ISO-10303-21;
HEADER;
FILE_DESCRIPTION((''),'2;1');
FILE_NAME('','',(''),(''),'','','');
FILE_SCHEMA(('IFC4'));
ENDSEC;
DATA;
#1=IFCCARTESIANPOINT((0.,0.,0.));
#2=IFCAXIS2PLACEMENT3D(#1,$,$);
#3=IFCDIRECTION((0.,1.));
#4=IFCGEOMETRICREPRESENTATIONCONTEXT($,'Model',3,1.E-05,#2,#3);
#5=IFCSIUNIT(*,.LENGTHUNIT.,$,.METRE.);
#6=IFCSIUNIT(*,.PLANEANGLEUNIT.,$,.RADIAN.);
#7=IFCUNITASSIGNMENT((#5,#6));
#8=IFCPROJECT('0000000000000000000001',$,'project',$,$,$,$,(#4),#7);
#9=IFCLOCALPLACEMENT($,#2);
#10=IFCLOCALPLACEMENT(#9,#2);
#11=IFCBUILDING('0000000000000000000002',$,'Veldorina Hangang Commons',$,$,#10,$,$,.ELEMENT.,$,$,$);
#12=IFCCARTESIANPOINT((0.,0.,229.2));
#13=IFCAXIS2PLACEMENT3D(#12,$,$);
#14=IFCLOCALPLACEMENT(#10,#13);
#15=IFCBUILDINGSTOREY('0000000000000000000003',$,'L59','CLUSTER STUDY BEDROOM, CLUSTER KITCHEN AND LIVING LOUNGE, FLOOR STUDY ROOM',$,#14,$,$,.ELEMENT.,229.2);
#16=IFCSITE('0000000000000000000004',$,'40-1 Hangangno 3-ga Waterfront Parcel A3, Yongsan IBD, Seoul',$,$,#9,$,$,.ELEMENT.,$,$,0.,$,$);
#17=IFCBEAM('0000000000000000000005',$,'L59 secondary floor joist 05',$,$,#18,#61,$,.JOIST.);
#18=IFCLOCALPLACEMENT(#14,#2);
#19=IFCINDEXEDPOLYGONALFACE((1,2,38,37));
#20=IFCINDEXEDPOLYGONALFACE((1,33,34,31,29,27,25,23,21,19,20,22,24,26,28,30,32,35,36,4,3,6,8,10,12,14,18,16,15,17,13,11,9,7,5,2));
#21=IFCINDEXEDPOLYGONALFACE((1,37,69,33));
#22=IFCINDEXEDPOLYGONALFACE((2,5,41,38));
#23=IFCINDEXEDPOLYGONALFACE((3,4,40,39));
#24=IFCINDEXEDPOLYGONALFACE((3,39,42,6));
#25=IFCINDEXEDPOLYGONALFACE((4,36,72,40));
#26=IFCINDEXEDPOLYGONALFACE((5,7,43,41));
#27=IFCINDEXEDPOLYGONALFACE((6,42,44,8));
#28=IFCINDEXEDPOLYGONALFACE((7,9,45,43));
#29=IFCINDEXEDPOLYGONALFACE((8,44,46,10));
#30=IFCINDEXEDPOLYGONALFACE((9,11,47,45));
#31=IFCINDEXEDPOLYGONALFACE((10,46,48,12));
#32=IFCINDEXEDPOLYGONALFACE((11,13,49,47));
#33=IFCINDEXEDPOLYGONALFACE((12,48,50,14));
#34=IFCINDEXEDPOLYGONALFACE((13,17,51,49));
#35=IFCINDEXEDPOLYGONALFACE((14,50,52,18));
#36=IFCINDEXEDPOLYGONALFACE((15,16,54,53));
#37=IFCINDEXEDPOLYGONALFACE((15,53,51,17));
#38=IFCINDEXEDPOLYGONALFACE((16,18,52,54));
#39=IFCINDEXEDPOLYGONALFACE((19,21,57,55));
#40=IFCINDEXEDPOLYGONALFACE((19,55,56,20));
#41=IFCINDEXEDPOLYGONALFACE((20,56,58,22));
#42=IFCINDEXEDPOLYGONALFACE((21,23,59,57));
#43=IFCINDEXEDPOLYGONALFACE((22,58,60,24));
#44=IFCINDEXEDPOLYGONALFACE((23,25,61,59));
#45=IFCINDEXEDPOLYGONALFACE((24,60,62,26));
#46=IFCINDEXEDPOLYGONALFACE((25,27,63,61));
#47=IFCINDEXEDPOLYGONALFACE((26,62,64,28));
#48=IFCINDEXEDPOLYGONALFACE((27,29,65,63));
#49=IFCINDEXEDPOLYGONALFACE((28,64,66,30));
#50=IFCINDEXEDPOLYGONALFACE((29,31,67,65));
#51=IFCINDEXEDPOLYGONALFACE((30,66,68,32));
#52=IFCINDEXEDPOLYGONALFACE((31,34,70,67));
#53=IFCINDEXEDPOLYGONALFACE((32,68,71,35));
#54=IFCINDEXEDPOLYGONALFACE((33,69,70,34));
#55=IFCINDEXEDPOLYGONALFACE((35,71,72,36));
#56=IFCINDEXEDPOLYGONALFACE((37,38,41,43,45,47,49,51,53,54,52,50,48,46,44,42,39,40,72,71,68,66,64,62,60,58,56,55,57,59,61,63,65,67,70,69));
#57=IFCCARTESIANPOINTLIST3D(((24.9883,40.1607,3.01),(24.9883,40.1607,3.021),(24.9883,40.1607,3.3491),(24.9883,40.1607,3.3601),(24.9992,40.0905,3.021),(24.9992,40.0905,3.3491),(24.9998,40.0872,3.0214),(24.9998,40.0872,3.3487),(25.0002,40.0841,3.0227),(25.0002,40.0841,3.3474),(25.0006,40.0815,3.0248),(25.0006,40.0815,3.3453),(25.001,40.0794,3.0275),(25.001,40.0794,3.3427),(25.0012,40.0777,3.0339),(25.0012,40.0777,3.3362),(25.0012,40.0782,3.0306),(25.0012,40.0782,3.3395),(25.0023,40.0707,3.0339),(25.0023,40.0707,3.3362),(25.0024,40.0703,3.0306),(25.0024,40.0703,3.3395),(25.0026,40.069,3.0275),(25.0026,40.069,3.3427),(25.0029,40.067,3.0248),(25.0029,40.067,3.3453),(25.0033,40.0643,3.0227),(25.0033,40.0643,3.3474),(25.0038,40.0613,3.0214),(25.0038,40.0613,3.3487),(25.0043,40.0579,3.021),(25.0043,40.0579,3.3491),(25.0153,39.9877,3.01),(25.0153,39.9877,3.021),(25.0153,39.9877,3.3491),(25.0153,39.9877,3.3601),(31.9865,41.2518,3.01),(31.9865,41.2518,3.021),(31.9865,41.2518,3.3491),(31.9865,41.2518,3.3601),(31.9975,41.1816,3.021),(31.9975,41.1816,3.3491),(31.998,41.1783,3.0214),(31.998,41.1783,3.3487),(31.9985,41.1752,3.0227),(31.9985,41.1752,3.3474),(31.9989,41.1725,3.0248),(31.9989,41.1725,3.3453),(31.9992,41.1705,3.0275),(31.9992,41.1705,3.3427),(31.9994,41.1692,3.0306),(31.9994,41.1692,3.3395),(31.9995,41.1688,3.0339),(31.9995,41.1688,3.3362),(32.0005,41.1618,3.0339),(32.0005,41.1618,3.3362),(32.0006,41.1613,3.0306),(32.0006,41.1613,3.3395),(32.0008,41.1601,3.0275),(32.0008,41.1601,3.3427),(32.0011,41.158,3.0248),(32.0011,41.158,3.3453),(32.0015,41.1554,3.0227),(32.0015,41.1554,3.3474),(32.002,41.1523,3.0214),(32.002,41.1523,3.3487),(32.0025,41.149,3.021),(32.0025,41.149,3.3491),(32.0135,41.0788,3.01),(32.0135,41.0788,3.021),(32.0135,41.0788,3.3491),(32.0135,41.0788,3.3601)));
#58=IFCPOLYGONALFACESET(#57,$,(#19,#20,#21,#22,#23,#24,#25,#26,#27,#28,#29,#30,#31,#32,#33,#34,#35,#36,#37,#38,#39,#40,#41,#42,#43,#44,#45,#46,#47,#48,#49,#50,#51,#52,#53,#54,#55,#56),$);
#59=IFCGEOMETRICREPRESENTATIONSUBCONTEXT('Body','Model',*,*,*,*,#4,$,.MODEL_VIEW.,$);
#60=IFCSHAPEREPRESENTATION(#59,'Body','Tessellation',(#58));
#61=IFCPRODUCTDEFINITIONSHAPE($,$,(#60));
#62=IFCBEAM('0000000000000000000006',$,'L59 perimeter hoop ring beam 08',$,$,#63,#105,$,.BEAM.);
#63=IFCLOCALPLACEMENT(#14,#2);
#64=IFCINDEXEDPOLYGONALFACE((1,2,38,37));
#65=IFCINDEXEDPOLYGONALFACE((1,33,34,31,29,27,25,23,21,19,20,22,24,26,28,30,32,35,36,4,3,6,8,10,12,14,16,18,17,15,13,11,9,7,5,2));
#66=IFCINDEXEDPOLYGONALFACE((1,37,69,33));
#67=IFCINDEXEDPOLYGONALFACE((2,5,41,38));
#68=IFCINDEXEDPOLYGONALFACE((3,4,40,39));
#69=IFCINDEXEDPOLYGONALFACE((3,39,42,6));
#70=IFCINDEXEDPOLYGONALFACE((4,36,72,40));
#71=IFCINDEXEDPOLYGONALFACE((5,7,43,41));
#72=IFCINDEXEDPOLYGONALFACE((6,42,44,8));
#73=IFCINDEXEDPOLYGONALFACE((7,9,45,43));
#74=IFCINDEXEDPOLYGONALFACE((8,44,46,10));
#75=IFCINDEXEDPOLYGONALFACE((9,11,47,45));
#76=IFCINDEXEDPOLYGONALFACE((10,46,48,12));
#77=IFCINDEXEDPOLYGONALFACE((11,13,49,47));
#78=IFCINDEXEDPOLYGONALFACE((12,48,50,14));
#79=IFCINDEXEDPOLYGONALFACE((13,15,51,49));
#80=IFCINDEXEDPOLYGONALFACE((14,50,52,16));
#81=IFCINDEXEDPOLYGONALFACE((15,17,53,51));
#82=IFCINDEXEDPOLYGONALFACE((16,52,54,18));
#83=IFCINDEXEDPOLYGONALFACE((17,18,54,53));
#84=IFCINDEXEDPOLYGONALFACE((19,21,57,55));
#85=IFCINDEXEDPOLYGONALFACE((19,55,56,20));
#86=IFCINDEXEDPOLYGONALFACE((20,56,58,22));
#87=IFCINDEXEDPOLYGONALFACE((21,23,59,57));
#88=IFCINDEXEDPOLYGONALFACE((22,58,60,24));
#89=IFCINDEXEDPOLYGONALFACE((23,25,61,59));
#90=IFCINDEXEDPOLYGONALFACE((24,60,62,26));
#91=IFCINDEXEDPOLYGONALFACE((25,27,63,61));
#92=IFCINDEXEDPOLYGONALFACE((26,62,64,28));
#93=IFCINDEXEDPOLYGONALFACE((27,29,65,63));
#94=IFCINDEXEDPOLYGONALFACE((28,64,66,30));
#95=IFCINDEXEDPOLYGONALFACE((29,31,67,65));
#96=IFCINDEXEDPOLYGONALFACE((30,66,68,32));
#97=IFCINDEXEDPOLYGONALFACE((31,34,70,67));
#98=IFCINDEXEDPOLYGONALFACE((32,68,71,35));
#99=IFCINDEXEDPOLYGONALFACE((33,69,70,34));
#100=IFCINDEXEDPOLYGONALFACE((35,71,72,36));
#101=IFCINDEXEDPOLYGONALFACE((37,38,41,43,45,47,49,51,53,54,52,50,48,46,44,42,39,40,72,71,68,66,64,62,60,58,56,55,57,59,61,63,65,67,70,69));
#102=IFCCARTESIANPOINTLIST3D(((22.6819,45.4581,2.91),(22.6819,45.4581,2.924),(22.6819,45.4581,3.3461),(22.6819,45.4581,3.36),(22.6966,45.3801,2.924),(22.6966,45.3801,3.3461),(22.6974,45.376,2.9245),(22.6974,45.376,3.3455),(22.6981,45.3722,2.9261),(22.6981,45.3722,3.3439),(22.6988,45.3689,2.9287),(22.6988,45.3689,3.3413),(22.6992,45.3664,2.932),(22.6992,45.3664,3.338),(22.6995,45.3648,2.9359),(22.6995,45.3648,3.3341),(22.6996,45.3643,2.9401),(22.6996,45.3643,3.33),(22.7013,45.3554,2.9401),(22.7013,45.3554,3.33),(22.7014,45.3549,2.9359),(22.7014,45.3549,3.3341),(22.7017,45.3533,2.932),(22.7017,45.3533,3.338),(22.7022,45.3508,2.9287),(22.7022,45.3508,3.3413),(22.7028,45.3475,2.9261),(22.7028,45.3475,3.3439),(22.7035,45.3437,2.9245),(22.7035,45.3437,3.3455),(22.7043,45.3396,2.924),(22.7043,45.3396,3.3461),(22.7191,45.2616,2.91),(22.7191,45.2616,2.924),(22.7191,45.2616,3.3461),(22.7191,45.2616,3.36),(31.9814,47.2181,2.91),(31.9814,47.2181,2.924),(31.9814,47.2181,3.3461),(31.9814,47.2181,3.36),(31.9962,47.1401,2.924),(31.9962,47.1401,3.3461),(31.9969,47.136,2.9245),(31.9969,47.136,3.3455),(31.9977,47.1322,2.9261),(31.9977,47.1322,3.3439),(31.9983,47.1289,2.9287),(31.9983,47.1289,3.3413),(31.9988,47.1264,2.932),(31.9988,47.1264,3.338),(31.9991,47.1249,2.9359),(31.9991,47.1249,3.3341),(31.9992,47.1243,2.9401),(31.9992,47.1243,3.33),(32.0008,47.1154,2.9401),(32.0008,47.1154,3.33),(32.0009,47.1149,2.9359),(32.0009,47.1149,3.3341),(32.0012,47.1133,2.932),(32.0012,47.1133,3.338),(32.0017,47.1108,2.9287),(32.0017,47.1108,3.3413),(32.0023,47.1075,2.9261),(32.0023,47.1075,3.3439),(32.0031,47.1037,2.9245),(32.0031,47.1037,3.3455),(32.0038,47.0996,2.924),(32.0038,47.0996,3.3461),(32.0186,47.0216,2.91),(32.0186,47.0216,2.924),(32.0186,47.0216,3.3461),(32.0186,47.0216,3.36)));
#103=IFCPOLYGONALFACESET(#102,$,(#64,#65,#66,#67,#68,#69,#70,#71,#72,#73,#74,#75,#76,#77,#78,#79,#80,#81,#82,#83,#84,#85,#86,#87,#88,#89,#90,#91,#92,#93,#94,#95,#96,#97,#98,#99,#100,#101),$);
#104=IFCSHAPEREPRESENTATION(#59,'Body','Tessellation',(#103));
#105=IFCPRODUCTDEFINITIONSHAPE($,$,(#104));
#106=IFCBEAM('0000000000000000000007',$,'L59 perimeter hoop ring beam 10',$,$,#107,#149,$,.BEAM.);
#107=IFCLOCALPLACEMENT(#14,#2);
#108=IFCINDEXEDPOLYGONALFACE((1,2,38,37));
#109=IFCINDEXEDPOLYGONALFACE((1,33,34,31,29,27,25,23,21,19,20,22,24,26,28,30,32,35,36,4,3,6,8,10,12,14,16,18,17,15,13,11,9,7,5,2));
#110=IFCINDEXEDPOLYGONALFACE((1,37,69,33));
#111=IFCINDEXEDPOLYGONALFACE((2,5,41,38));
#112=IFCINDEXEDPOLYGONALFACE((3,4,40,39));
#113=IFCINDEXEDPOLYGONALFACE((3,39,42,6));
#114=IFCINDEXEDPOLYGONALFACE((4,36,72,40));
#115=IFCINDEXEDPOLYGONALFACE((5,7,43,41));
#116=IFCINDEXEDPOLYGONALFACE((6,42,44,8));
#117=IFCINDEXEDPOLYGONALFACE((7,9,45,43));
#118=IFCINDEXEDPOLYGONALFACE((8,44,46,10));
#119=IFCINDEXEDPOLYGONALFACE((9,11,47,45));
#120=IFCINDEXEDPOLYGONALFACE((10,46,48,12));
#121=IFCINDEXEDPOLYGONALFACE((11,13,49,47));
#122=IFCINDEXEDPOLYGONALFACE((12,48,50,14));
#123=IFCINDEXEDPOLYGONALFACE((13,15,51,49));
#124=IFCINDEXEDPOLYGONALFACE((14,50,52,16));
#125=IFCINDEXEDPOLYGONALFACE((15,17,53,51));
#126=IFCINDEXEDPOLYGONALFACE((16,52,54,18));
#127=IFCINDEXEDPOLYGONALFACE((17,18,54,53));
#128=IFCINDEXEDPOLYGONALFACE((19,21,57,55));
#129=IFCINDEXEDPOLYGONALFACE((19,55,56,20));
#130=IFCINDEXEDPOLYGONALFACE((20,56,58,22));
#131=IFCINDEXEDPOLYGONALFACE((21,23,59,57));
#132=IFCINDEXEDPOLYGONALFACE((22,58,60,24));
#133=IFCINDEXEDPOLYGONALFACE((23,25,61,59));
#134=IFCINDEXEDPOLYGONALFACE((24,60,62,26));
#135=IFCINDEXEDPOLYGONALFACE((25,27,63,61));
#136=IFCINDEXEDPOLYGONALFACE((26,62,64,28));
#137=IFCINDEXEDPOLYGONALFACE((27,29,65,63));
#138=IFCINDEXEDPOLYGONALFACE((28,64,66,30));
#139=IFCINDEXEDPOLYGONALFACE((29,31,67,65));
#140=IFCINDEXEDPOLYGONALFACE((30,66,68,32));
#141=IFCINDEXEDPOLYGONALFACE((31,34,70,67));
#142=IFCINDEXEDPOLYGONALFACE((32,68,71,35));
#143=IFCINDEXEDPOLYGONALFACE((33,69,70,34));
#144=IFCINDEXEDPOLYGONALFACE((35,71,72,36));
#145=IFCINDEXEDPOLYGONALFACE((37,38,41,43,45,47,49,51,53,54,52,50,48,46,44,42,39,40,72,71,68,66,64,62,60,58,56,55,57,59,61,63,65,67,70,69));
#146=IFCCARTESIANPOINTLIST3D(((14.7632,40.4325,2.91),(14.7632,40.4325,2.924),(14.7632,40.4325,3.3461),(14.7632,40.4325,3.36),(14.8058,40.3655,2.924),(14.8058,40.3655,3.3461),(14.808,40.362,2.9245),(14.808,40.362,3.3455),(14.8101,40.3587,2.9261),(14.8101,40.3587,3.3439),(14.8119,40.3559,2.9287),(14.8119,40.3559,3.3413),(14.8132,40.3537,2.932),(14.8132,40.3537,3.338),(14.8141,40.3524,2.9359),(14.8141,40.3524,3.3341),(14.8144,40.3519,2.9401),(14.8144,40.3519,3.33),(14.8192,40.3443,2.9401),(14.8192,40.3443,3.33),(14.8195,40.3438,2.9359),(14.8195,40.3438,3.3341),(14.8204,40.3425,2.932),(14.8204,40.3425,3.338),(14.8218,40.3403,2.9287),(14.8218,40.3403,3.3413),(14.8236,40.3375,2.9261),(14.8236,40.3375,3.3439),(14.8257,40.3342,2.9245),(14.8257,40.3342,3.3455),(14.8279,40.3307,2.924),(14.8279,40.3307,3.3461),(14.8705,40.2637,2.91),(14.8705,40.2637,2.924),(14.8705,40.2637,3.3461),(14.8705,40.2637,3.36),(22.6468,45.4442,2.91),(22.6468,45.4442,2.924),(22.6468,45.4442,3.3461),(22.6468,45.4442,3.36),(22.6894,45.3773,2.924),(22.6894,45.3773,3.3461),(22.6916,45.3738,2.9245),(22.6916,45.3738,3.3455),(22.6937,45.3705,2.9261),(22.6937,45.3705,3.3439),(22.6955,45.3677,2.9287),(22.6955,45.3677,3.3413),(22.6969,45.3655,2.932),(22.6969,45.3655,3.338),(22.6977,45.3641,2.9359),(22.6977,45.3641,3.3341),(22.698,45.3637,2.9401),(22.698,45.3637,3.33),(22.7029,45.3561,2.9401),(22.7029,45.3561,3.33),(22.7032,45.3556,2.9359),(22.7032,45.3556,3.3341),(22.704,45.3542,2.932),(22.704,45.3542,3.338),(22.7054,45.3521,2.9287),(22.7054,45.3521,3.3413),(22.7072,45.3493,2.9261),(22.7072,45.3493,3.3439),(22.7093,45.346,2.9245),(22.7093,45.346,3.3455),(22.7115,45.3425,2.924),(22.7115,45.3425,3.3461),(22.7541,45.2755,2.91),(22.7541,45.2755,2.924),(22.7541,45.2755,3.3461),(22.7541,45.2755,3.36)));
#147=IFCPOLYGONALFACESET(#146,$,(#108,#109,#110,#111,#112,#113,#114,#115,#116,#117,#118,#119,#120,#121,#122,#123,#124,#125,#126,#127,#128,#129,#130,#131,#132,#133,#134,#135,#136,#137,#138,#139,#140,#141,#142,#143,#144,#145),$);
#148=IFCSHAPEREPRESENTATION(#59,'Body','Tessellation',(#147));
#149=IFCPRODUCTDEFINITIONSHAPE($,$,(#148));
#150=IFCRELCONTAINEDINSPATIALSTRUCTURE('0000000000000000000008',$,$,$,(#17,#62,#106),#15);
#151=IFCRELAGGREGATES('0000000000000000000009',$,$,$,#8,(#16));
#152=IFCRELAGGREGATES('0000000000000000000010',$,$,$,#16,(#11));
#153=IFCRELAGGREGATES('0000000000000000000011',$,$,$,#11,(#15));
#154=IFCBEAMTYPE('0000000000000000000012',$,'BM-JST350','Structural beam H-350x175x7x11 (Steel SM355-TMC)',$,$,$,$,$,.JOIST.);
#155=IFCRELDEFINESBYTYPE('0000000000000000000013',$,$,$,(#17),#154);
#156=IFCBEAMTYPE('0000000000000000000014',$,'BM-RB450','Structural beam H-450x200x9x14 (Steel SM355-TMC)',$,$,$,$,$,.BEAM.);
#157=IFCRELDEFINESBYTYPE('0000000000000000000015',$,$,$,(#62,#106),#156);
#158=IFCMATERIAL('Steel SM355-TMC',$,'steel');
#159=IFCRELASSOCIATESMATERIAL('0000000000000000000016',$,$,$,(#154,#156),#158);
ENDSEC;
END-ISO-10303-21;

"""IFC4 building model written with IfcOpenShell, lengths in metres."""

from ifc_helpers import new_model, si_unit, direction, frame, origin, origin_2d, place, context, subcontext, project, spatial, i_section, extrude, material, material_profile, profile_set, type_object, element, save


model = new_model("IFC4")

# Units and contexts
model_context = context("Model", 3, precision=1e-05, world=origin(), true_north=direction((0.0, 1.0)))
body_context = subcontext(model_context, "Body", "Model", "MODEL_VIEW")
ifc_project = project(units=[si_unit("LENGTHUNIT", "METRE"), si_unit("PLANEANGLEUNIT", "RADIAN")], contexts=[model_context])

# Site, building, storey
site_placement = place(None, origin())
site = spatial("IfcSite", under=ifc_project, at=site_placement, Name="40-1 Hangangno 3-ga Waterfront Parcel A3, Yongsan IBD, Seoul", CompositionType="ELEMENT", RefElevation=0.0)
building_placement = place(site_placement, origin())
building = spatial("IfcBuilding", under=site, at=building_placement, Name="Veldorina Hangang Commons", CompositionType="ELEMENT")
storey_placement = place(building_placement, frame((0.0, 0.0, 229.2)))
storey = spatial("IfcBuildingStorey", under=building, at=storey_placement, Name="L59", Description="CLUSTER STUDY BEDROOM, CLUSTER KITCHEN AND LIVING LOUNGE, FLOOR STUDY ROOM", CompositionType="ELEMENT", Elevation=229.2)

# Beams
ifc_material_1 = material(Name="Steel SM355-TMC", Category="steel")
ifc_material_profile_1 = material_profile(ifc_material_1, i_section(OverallWidth=0.175, OverallDepth=0.3501, WebThickness=0.0071, FlangeThickness=0.011, FilletRadius=0.0129, at=origin_2d()), Name="H-350x175x7x11")
ifc_profile_set_1 = profile_set([ifc_material_profile_1], Name="Steel SM355-TMC")
beam_type_1 = type_object("IfcBeamType", Name="BM-JST350", Description="Structural beam H-350x175x7x11 (Steel SM355-TMC)", PredefinedType="JOIST", material=ifc_profile_set_1)
beam_1_placement = place(storey_placement, frame((32.0, 41.1653, 3.1851), z_axis=(-0.988064, -0.154044, 0.0), x_axis=(0.154044, -0.988064, 0.0)))
element("IfcBeam", 1, at=beam_1_placement, inside=storey, type_object=beam_type_1, Name="L59 secondary floor joist 05", PredefinedType="JOIST", context=body_context, shape_type="SweptSolid", body=[
    extrude(i_section(OverallWidth=0.175, OverallDepth=0.3501, WebThickness=0.0071, FlangeThickness=0.011, FilletRadius=0.0129, at=origin_2d()), origin(), (0.0, 0.0, 1.0), 7.0828),
])
ifc_material_profile_2 = material_profile(ifc_material_1, i_section(OverallWidth=0.2, OverallDepth=0.45, WebThickness=0.009, FlangeThickness=0.0139, FilletRadius=0.0161, at=origin_2d()), Name="H-450x200x9x14")
ifc_profile_set_2 = profile_set([ifc_material_profile_2], Name="Steel SM355-TMC")
beam_type_2 = type_object("IfcBeamType", Name="BM-RB450", Description="Structural beam H-450x200x9x14 (Steel SM355-TMC)", PredefinedType="BEAM", material=ifc_profile_set_2)
beam_2_placement = place(storey_placement, frame((32.0, 47.1199, 3.135), z_axis=(-0.982558, -0.185956, 0.0), x_axis=(0.185956, -0.982558, 0.0)))
element("IfcBeam", 2, at=beam_2_placement, inside=storey, type_object=beam_type_2, Name="L59 perimeter hoop ring beam 08", PredefinedType="BEAM", context=body_context, shape_type="SweptSolid", body=[
    extrude(i_section(OverallWidth=0.2, OverallDepth=0.45, WebThickness=0.009, FlangeThickness=0.0139, FilletRadius=0.0161, at=origin_2d()), origin(), (0.0, 0.0, 1.0), 9.4646),
])
beam_3_placement = place(storey_placement, frame((22.7004, 45.3599, 3.135), z_axis=(-0.843908, -0.536488, 0.0), x_axis=(0.536488, -0.843908, 0.0)))
element("IfcBeam", 3, at=beam_3_placement, inside=storey, type_object=beam_type_2, Name="L59 perimeter hoop ring beam 10", PredefinedType="BEAM", context=body_context, shape_type="SweptSolid", body=[
    extrude(i_section(OverallWidth=0.2, OverallDepth=0.45, WebThickness=0.009, FlangeThickness=0.0139, FilletRadius=0.0161, at=origin_2d()), origin(), (0.0, 0.0, 1.0), 9.3418),
])

save(model, "model.ifc")
